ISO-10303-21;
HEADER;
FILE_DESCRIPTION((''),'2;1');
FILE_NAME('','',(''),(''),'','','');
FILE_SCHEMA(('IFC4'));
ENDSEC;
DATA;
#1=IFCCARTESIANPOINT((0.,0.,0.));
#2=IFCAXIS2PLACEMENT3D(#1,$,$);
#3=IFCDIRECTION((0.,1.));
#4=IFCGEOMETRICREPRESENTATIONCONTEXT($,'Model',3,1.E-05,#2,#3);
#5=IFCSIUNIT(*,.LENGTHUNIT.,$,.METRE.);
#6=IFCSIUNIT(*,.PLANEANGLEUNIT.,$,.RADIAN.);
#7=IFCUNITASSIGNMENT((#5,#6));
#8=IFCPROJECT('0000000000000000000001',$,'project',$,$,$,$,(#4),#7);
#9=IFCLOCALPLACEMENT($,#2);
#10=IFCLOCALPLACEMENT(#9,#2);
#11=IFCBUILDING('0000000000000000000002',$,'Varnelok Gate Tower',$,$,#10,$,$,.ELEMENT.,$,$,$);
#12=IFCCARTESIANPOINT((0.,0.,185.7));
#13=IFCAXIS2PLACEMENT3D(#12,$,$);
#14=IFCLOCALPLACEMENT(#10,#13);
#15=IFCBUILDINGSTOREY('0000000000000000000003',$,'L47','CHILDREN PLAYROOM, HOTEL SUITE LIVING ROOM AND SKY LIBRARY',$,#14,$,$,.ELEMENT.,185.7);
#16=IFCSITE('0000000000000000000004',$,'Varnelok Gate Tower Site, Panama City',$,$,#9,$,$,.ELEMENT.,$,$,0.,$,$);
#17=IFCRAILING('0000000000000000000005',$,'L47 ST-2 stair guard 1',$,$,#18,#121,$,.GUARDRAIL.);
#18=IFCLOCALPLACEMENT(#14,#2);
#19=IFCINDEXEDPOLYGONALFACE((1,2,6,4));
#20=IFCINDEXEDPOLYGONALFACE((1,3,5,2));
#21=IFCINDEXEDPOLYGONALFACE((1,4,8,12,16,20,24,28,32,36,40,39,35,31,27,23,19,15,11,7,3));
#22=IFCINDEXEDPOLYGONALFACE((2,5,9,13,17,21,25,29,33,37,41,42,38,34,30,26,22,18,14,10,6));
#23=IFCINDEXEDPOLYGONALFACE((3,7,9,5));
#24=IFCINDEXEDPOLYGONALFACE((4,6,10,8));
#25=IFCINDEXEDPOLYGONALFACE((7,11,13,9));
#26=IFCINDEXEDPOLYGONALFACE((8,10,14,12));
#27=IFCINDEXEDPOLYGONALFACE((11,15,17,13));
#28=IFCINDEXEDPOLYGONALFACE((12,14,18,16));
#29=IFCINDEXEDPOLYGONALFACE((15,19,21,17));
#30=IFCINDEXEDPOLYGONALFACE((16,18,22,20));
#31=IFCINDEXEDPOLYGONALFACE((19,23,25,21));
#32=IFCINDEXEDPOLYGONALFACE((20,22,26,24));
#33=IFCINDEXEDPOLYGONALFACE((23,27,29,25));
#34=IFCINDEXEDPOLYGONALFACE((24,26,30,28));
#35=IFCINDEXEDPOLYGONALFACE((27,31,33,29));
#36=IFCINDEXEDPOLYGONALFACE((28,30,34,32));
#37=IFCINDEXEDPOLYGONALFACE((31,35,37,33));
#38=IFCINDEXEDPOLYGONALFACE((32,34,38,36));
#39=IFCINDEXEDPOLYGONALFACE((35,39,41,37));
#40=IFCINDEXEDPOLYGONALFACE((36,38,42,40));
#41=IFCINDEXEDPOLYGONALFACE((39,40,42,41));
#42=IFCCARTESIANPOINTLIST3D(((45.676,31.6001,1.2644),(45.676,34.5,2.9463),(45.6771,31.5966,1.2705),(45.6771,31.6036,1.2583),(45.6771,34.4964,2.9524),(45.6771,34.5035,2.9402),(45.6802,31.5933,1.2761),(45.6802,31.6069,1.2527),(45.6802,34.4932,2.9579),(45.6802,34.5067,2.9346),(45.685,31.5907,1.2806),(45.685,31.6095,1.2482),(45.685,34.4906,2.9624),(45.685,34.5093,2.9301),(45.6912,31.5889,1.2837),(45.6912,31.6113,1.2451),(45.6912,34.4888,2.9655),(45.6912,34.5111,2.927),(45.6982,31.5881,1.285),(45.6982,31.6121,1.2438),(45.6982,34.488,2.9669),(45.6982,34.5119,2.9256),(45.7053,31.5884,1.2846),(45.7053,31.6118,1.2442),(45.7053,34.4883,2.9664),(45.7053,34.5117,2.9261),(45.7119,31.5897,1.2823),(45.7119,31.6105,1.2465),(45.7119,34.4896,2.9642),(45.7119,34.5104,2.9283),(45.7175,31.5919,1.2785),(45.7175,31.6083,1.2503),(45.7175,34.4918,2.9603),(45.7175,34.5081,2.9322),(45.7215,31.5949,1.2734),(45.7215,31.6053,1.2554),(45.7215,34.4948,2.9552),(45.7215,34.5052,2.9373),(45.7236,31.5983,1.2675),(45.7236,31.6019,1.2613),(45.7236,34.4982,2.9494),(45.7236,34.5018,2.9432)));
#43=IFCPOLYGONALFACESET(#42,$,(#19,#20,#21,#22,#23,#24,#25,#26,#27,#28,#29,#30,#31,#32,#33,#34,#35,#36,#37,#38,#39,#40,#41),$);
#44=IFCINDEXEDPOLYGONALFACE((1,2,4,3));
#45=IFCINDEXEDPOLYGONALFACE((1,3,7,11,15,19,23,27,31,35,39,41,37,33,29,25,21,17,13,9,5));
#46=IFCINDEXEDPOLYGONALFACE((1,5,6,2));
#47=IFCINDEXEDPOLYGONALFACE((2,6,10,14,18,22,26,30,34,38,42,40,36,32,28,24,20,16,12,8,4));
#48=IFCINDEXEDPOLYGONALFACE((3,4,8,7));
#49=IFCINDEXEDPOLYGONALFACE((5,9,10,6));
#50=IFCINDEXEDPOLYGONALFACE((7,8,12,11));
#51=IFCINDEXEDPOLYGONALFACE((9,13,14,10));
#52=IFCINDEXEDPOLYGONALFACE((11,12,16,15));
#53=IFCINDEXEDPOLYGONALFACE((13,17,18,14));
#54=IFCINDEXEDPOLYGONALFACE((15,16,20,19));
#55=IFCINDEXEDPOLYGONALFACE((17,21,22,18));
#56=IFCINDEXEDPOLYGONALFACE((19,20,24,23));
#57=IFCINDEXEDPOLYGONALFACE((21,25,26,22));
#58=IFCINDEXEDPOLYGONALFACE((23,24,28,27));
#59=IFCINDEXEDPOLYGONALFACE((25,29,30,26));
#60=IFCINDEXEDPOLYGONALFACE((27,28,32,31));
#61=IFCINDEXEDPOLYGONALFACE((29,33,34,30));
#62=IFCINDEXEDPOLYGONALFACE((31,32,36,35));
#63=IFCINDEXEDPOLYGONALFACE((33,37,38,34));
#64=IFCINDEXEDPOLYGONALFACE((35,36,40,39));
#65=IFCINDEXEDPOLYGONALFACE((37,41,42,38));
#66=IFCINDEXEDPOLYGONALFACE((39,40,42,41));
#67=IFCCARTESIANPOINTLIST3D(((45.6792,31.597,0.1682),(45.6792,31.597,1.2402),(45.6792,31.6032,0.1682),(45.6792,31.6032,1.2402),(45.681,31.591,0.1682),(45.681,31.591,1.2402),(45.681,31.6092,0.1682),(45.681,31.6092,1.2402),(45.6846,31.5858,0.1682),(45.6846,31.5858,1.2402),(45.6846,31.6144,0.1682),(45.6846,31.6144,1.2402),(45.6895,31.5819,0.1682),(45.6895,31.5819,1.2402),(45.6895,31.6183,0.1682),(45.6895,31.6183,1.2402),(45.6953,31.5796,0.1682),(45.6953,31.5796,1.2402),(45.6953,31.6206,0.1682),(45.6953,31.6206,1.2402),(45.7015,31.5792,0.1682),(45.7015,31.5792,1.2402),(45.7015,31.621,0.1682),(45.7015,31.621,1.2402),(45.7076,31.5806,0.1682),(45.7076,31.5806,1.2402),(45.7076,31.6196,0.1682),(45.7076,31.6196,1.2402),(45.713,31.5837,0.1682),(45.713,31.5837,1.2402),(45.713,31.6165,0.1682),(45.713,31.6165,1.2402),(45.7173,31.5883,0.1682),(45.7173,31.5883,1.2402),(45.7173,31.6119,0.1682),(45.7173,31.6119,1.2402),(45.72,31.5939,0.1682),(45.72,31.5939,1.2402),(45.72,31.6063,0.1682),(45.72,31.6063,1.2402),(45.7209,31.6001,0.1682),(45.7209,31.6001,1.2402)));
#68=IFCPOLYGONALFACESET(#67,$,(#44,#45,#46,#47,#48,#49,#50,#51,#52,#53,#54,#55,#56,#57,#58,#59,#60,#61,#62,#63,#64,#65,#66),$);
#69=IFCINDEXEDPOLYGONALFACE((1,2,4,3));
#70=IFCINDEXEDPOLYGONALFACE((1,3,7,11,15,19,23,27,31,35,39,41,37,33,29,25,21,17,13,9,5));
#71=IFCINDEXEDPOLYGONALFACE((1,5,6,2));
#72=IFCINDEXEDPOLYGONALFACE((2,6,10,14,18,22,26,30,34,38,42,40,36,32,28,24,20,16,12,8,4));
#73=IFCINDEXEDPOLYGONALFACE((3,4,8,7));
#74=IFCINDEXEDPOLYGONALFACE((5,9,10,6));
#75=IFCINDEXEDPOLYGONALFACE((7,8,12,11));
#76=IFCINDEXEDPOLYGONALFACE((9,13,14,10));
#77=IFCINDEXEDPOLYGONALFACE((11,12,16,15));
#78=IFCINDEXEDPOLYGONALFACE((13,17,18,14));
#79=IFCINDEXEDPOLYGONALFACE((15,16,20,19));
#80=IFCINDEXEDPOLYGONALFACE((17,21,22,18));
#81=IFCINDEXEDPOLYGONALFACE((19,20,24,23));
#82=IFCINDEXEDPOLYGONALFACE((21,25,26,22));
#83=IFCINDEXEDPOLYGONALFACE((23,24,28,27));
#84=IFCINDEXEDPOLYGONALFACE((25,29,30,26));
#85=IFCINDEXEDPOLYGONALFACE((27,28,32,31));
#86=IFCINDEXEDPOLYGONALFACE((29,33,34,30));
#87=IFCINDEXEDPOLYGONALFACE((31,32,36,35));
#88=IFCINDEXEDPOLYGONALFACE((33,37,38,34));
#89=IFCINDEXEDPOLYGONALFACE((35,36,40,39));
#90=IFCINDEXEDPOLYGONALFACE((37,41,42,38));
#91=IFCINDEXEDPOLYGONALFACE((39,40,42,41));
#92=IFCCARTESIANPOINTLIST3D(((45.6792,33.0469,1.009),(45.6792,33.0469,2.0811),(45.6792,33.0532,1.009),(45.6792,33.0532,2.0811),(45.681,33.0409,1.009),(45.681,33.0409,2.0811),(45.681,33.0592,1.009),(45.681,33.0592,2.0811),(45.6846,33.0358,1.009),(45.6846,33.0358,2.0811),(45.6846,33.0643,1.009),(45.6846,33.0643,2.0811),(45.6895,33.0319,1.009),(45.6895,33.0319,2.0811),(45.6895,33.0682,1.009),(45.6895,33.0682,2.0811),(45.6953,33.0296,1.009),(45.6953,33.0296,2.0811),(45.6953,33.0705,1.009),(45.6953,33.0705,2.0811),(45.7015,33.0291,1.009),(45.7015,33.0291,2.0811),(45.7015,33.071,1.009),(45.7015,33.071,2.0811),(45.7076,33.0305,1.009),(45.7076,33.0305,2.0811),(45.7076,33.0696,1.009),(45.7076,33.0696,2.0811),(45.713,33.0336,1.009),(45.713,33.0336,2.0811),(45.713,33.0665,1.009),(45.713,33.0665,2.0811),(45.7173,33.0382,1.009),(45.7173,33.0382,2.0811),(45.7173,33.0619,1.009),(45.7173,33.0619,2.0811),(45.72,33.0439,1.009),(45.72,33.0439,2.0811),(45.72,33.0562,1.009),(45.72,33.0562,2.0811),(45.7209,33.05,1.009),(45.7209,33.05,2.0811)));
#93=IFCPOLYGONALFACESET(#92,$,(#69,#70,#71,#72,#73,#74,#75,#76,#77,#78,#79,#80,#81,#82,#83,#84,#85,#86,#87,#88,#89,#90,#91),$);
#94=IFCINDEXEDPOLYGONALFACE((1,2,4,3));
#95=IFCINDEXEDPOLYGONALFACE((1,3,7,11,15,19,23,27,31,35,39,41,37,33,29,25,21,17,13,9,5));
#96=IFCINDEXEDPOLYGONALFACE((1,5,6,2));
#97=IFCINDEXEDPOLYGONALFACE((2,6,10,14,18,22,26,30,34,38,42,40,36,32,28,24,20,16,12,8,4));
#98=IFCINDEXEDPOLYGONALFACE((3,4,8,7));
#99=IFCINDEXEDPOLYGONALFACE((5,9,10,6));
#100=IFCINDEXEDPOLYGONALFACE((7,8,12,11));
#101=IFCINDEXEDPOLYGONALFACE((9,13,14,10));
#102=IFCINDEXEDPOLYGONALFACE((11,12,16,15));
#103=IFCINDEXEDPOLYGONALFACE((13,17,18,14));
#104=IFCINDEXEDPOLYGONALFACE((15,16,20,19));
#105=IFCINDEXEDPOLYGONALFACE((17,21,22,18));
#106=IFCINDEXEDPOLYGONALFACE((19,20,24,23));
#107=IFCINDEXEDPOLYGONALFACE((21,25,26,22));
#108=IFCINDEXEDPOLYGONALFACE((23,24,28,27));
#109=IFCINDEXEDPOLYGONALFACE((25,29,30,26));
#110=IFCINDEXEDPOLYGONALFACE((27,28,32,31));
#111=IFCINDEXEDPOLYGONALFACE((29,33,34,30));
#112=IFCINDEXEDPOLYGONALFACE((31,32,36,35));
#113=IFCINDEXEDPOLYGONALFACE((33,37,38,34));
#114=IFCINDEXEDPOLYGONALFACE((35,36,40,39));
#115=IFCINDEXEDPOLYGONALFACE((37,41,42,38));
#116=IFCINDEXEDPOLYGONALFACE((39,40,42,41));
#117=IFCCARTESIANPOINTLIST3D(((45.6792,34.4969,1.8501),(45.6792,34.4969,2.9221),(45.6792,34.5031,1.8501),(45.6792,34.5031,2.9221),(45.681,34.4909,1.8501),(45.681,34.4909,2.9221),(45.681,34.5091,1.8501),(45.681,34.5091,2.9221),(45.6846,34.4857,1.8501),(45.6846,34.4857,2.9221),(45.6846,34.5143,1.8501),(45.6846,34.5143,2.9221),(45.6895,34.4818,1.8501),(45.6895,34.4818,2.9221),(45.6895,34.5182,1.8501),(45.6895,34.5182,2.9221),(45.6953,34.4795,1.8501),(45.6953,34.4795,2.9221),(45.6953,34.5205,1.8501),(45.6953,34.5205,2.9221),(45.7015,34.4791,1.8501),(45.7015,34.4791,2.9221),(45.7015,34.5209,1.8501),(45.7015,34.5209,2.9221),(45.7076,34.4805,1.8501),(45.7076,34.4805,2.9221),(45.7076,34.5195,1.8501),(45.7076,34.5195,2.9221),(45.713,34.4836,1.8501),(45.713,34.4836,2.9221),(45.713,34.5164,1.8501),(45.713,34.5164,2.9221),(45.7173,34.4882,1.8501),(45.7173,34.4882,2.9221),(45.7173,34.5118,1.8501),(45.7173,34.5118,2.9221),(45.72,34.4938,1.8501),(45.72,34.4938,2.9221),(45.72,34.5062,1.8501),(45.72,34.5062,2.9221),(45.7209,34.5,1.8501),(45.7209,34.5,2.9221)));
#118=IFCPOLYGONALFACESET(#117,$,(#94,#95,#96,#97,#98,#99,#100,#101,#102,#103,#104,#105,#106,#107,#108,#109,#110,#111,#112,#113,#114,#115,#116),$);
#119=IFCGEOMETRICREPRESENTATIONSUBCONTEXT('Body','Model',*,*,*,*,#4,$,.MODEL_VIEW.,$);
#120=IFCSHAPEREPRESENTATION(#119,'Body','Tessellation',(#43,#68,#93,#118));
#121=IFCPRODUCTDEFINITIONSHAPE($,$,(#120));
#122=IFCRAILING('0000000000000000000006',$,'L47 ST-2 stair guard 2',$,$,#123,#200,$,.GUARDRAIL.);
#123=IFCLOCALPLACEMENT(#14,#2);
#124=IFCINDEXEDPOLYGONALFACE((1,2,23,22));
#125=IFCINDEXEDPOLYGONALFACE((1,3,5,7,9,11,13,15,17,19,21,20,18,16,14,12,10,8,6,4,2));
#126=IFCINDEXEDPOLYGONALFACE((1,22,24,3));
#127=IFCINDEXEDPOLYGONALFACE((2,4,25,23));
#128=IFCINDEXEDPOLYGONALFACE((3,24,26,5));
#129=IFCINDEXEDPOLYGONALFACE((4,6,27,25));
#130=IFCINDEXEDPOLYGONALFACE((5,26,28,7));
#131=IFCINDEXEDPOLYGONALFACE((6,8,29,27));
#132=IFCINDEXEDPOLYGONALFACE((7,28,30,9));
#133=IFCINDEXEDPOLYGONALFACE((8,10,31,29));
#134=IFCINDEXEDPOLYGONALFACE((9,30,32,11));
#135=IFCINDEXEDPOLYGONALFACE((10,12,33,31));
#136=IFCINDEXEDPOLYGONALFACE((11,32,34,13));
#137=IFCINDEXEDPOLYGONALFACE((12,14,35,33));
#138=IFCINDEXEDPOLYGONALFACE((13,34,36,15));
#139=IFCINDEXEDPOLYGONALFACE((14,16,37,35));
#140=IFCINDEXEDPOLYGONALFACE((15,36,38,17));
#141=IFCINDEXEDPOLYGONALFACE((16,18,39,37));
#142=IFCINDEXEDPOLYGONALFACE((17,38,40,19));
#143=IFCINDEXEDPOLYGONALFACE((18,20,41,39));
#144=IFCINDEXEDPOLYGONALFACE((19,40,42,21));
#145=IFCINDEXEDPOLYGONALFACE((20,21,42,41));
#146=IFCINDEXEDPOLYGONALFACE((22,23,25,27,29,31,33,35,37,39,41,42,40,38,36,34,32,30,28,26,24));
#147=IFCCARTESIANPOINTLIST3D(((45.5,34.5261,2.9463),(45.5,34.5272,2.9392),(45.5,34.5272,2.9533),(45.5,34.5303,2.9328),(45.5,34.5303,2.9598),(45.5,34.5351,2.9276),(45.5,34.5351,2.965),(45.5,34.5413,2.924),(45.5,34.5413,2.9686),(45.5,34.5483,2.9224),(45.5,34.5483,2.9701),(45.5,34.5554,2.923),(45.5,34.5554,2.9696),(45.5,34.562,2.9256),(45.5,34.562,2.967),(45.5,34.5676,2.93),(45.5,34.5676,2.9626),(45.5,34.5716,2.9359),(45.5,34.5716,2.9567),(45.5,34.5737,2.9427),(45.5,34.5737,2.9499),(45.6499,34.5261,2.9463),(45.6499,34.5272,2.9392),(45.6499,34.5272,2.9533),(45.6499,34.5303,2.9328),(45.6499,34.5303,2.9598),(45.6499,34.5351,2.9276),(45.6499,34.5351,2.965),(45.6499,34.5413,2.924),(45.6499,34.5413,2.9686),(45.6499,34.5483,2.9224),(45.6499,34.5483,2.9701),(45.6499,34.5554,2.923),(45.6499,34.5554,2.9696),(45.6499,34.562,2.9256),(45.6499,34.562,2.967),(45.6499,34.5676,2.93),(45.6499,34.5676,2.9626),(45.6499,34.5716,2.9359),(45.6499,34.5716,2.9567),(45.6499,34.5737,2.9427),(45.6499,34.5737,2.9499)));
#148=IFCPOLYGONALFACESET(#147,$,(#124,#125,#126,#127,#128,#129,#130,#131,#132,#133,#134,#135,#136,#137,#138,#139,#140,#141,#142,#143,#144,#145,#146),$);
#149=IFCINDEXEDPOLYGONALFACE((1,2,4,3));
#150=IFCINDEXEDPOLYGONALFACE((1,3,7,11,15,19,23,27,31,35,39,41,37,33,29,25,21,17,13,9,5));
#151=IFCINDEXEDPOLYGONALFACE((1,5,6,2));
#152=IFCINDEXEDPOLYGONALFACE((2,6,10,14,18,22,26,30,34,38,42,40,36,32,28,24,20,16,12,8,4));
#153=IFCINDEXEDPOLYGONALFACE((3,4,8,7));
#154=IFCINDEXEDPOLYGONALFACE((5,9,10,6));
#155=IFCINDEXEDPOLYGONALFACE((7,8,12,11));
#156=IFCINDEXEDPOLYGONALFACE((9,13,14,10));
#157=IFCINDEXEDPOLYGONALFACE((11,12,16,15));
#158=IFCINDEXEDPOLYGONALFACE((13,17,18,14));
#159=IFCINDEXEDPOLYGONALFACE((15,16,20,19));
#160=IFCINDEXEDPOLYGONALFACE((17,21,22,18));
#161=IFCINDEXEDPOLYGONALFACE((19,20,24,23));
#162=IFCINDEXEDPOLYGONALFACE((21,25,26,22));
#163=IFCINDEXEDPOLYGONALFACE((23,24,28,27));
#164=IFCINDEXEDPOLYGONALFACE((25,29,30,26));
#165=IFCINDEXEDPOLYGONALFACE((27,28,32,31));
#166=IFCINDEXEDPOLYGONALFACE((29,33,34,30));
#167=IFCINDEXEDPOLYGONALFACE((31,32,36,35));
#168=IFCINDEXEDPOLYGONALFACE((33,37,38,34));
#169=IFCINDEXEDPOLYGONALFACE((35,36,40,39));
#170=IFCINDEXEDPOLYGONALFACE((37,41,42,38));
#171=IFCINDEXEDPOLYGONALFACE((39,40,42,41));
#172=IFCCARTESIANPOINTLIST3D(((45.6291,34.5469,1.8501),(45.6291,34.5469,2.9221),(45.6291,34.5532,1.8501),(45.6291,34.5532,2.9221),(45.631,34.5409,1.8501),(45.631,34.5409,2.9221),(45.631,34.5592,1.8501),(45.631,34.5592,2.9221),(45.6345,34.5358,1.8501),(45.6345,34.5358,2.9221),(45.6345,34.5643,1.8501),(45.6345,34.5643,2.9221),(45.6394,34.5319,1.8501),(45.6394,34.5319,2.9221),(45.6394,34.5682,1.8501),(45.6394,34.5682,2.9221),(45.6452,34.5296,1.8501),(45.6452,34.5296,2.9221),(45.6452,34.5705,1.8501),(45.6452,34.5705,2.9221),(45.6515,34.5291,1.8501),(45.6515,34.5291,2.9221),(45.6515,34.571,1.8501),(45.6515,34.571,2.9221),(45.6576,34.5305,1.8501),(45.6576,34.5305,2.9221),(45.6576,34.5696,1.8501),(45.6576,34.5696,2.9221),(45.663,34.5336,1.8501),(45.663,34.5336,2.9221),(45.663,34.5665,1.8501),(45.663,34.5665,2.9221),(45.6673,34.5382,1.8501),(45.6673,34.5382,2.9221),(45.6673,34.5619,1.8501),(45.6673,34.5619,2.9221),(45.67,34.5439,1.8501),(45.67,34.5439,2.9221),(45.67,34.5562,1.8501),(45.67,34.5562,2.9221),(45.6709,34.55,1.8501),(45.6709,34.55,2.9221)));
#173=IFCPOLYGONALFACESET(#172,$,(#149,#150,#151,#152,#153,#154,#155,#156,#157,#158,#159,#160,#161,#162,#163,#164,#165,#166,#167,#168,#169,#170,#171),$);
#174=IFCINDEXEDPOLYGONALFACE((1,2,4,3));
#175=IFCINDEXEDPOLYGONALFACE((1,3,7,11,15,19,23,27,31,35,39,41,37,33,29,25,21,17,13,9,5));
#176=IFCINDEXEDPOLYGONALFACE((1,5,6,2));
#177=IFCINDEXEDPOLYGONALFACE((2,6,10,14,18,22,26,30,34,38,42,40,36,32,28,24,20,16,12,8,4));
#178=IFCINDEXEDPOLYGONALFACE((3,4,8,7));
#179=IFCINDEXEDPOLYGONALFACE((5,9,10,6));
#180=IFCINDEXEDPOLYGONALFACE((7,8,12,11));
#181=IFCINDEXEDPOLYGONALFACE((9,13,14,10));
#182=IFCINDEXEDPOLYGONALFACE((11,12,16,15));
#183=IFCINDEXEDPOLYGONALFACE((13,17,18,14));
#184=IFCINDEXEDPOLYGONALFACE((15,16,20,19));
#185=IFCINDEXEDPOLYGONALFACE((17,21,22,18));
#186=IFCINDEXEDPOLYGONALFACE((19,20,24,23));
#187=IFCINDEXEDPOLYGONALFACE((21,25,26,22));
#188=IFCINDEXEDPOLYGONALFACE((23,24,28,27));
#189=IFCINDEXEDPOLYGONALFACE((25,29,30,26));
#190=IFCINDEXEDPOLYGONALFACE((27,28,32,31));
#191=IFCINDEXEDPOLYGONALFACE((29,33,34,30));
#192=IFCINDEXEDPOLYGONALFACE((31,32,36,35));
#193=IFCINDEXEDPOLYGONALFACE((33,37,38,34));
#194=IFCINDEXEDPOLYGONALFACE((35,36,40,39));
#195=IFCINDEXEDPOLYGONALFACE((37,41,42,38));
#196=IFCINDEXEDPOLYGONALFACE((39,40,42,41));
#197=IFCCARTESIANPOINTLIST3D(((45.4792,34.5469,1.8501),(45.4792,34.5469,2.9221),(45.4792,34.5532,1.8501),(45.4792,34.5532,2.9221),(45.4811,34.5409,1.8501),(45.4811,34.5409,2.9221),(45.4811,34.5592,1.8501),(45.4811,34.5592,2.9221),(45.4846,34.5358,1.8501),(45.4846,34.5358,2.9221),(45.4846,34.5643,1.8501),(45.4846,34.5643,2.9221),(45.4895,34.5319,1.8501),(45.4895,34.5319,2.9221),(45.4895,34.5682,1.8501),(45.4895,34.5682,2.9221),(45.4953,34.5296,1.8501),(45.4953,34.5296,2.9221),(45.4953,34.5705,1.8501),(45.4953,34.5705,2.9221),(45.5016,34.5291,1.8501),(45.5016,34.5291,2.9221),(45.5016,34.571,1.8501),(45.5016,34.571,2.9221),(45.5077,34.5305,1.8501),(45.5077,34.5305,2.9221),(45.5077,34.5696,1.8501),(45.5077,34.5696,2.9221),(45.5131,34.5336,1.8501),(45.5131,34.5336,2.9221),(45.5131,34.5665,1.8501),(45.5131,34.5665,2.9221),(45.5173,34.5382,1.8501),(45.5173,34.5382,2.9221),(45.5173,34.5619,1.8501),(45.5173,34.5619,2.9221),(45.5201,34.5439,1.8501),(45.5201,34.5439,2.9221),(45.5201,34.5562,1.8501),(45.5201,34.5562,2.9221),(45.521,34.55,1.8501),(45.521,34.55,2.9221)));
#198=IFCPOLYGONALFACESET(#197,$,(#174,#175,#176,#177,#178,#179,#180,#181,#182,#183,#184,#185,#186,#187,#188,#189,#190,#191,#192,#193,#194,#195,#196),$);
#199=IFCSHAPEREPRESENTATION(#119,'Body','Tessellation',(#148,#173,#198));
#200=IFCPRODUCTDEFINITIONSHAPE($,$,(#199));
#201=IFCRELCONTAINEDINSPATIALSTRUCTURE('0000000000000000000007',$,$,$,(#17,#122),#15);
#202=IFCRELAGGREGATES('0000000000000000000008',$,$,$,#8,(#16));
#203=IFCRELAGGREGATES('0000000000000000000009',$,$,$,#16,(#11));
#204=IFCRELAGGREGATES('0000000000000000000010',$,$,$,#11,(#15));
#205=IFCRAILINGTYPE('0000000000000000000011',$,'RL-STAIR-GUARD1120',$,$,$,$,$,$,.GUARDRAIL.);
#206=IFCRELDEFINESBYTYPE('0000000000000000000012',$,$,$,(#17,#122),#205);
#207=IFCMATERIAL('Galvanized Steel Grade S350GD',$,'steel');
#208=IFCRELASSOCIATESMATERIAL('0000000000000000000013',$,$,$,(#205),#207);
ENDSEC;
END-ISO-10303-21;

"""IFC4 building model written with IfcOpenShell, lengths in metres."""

from ifc_helpers import new_model, si_unit, direction, frame, origin, origin_2d, place, context, subcontext, project, spatial, circle, extrude, material, type_object, element, save


model = new_model("IFC4")

# Units and contexts
model_context = context("Model", 3, precision=1e-05, world=origin(), true_north=direction((0.0, 1.0)))
body_context = subcontext(model_context, "Body", "Model", "MODEL_VIEW")
ifc_project = project(units=[si_unit("LENGTHUNIT", "METRE"), si_unit("PLANEANGLEUNIT", "RADIAN")], contexts=[model_context])

# Site, building, storey
site_placement = place(None, origin())
site = spatial("IfcSite", under=ifc_project, at=site_placement, Name="Varnelok Gate Tower Site, Panama City", CompositionType="ELEMENT", RefElevation=0.0)
building_placement = place(site_placement, origin())
building = spatial("IfcBuilding", under=site, at=building_placement, Name="Varnelok Gate Tower", CompositionType="ELEMENT")
storey_placement = place(building_placement, frame((0.0, 0.0, 185.7)))
storey = spatial("IfcBuildingStorey", under=building, at=storey_placement, Name="L47", Description="CHILDREN PLAYROOM, HOTEL SUITE LIVING ROOM AND SKY LIBRARY", CompositionType="ELEMENT", Elevation=185.7)

# Shared definitions
ifc_material_1 = material(Name="Galvanized Steel Grade S350GD", Category="steel")

# Railings
railing_type_1 = type_object("IfcRailingType", Name="RL-STAIR-GUARD1120", PredefinedType="GUARDRAIL", material=ifc_material_1)
railing_1_placement = place(storey_placement, frame((45.7, 31.6001, 0.1682)))
element("IfcRailing", 1, at=railing_1_placement, inside=storey, type_object=railing_type_1, Name="L47 ST-2 stair guard 1", PredefinedType="GUARDRAIL", context=body_context, shape_type="SweptSolid", body=[
    extrude(circle(Radius=0.0239, at=origin_2d()), frame((0.0, 0.0, 1.0962), z_axis=(0.0, 0.865039, 0.501705), x_axis=(-1.0, 0.0, 0.0)), (0.0, 0.0, 1.0), 3.3523),
    extrude(circle(Radius=0.021, at=origin_2d()), origin(), (0.0, 0.0, 1.0), 1.072),
    extrude(circle(Radius=0.021, at=origin_2d()), frame((0.0, 1.45, 0.8408)), (0.0, 0.0, 1.0), 1.072),
    extrude(circle(Radius=0.021, at=origin_2d()), frame((0.0, 2.8999, 1.6819)), (0.0, 0.0, 1.0), 1.072),
])
railing_2_placement = place(storey_placement, frame((45.6499, 34.55, 1.8501)))
element("IfcRailing", 2, at=railing_2_placement, inside=storey, type_object=railing_type_1, Name="L47 ST-2 stair guard 2", PredefinedType="GUARDRAIL", context=body_context, shape_type="SweptSolid", body=[
    extrude(circle(Radius=0.0239, at=origin_2d()), frame((0.0, 0.0, 1.0962), z_axis=(-1.0, 0.0, 0.0), x_axis=(0.0, -1.0, 0.0)), (0.0, 0.0, 1.0), 0.1499),
    extrude(circle(Radius=0.021, at=origin_2d()), origin(), (0.0, 0.0, 1.0), 1.072),
    extrude(circle(Radius=0.021, at=origin_2d()), frame((-0.1499, 0.0, 0.0)), (0.0, 0.0, 1.0), 1.072),
])

save(model, "model.ifc")
